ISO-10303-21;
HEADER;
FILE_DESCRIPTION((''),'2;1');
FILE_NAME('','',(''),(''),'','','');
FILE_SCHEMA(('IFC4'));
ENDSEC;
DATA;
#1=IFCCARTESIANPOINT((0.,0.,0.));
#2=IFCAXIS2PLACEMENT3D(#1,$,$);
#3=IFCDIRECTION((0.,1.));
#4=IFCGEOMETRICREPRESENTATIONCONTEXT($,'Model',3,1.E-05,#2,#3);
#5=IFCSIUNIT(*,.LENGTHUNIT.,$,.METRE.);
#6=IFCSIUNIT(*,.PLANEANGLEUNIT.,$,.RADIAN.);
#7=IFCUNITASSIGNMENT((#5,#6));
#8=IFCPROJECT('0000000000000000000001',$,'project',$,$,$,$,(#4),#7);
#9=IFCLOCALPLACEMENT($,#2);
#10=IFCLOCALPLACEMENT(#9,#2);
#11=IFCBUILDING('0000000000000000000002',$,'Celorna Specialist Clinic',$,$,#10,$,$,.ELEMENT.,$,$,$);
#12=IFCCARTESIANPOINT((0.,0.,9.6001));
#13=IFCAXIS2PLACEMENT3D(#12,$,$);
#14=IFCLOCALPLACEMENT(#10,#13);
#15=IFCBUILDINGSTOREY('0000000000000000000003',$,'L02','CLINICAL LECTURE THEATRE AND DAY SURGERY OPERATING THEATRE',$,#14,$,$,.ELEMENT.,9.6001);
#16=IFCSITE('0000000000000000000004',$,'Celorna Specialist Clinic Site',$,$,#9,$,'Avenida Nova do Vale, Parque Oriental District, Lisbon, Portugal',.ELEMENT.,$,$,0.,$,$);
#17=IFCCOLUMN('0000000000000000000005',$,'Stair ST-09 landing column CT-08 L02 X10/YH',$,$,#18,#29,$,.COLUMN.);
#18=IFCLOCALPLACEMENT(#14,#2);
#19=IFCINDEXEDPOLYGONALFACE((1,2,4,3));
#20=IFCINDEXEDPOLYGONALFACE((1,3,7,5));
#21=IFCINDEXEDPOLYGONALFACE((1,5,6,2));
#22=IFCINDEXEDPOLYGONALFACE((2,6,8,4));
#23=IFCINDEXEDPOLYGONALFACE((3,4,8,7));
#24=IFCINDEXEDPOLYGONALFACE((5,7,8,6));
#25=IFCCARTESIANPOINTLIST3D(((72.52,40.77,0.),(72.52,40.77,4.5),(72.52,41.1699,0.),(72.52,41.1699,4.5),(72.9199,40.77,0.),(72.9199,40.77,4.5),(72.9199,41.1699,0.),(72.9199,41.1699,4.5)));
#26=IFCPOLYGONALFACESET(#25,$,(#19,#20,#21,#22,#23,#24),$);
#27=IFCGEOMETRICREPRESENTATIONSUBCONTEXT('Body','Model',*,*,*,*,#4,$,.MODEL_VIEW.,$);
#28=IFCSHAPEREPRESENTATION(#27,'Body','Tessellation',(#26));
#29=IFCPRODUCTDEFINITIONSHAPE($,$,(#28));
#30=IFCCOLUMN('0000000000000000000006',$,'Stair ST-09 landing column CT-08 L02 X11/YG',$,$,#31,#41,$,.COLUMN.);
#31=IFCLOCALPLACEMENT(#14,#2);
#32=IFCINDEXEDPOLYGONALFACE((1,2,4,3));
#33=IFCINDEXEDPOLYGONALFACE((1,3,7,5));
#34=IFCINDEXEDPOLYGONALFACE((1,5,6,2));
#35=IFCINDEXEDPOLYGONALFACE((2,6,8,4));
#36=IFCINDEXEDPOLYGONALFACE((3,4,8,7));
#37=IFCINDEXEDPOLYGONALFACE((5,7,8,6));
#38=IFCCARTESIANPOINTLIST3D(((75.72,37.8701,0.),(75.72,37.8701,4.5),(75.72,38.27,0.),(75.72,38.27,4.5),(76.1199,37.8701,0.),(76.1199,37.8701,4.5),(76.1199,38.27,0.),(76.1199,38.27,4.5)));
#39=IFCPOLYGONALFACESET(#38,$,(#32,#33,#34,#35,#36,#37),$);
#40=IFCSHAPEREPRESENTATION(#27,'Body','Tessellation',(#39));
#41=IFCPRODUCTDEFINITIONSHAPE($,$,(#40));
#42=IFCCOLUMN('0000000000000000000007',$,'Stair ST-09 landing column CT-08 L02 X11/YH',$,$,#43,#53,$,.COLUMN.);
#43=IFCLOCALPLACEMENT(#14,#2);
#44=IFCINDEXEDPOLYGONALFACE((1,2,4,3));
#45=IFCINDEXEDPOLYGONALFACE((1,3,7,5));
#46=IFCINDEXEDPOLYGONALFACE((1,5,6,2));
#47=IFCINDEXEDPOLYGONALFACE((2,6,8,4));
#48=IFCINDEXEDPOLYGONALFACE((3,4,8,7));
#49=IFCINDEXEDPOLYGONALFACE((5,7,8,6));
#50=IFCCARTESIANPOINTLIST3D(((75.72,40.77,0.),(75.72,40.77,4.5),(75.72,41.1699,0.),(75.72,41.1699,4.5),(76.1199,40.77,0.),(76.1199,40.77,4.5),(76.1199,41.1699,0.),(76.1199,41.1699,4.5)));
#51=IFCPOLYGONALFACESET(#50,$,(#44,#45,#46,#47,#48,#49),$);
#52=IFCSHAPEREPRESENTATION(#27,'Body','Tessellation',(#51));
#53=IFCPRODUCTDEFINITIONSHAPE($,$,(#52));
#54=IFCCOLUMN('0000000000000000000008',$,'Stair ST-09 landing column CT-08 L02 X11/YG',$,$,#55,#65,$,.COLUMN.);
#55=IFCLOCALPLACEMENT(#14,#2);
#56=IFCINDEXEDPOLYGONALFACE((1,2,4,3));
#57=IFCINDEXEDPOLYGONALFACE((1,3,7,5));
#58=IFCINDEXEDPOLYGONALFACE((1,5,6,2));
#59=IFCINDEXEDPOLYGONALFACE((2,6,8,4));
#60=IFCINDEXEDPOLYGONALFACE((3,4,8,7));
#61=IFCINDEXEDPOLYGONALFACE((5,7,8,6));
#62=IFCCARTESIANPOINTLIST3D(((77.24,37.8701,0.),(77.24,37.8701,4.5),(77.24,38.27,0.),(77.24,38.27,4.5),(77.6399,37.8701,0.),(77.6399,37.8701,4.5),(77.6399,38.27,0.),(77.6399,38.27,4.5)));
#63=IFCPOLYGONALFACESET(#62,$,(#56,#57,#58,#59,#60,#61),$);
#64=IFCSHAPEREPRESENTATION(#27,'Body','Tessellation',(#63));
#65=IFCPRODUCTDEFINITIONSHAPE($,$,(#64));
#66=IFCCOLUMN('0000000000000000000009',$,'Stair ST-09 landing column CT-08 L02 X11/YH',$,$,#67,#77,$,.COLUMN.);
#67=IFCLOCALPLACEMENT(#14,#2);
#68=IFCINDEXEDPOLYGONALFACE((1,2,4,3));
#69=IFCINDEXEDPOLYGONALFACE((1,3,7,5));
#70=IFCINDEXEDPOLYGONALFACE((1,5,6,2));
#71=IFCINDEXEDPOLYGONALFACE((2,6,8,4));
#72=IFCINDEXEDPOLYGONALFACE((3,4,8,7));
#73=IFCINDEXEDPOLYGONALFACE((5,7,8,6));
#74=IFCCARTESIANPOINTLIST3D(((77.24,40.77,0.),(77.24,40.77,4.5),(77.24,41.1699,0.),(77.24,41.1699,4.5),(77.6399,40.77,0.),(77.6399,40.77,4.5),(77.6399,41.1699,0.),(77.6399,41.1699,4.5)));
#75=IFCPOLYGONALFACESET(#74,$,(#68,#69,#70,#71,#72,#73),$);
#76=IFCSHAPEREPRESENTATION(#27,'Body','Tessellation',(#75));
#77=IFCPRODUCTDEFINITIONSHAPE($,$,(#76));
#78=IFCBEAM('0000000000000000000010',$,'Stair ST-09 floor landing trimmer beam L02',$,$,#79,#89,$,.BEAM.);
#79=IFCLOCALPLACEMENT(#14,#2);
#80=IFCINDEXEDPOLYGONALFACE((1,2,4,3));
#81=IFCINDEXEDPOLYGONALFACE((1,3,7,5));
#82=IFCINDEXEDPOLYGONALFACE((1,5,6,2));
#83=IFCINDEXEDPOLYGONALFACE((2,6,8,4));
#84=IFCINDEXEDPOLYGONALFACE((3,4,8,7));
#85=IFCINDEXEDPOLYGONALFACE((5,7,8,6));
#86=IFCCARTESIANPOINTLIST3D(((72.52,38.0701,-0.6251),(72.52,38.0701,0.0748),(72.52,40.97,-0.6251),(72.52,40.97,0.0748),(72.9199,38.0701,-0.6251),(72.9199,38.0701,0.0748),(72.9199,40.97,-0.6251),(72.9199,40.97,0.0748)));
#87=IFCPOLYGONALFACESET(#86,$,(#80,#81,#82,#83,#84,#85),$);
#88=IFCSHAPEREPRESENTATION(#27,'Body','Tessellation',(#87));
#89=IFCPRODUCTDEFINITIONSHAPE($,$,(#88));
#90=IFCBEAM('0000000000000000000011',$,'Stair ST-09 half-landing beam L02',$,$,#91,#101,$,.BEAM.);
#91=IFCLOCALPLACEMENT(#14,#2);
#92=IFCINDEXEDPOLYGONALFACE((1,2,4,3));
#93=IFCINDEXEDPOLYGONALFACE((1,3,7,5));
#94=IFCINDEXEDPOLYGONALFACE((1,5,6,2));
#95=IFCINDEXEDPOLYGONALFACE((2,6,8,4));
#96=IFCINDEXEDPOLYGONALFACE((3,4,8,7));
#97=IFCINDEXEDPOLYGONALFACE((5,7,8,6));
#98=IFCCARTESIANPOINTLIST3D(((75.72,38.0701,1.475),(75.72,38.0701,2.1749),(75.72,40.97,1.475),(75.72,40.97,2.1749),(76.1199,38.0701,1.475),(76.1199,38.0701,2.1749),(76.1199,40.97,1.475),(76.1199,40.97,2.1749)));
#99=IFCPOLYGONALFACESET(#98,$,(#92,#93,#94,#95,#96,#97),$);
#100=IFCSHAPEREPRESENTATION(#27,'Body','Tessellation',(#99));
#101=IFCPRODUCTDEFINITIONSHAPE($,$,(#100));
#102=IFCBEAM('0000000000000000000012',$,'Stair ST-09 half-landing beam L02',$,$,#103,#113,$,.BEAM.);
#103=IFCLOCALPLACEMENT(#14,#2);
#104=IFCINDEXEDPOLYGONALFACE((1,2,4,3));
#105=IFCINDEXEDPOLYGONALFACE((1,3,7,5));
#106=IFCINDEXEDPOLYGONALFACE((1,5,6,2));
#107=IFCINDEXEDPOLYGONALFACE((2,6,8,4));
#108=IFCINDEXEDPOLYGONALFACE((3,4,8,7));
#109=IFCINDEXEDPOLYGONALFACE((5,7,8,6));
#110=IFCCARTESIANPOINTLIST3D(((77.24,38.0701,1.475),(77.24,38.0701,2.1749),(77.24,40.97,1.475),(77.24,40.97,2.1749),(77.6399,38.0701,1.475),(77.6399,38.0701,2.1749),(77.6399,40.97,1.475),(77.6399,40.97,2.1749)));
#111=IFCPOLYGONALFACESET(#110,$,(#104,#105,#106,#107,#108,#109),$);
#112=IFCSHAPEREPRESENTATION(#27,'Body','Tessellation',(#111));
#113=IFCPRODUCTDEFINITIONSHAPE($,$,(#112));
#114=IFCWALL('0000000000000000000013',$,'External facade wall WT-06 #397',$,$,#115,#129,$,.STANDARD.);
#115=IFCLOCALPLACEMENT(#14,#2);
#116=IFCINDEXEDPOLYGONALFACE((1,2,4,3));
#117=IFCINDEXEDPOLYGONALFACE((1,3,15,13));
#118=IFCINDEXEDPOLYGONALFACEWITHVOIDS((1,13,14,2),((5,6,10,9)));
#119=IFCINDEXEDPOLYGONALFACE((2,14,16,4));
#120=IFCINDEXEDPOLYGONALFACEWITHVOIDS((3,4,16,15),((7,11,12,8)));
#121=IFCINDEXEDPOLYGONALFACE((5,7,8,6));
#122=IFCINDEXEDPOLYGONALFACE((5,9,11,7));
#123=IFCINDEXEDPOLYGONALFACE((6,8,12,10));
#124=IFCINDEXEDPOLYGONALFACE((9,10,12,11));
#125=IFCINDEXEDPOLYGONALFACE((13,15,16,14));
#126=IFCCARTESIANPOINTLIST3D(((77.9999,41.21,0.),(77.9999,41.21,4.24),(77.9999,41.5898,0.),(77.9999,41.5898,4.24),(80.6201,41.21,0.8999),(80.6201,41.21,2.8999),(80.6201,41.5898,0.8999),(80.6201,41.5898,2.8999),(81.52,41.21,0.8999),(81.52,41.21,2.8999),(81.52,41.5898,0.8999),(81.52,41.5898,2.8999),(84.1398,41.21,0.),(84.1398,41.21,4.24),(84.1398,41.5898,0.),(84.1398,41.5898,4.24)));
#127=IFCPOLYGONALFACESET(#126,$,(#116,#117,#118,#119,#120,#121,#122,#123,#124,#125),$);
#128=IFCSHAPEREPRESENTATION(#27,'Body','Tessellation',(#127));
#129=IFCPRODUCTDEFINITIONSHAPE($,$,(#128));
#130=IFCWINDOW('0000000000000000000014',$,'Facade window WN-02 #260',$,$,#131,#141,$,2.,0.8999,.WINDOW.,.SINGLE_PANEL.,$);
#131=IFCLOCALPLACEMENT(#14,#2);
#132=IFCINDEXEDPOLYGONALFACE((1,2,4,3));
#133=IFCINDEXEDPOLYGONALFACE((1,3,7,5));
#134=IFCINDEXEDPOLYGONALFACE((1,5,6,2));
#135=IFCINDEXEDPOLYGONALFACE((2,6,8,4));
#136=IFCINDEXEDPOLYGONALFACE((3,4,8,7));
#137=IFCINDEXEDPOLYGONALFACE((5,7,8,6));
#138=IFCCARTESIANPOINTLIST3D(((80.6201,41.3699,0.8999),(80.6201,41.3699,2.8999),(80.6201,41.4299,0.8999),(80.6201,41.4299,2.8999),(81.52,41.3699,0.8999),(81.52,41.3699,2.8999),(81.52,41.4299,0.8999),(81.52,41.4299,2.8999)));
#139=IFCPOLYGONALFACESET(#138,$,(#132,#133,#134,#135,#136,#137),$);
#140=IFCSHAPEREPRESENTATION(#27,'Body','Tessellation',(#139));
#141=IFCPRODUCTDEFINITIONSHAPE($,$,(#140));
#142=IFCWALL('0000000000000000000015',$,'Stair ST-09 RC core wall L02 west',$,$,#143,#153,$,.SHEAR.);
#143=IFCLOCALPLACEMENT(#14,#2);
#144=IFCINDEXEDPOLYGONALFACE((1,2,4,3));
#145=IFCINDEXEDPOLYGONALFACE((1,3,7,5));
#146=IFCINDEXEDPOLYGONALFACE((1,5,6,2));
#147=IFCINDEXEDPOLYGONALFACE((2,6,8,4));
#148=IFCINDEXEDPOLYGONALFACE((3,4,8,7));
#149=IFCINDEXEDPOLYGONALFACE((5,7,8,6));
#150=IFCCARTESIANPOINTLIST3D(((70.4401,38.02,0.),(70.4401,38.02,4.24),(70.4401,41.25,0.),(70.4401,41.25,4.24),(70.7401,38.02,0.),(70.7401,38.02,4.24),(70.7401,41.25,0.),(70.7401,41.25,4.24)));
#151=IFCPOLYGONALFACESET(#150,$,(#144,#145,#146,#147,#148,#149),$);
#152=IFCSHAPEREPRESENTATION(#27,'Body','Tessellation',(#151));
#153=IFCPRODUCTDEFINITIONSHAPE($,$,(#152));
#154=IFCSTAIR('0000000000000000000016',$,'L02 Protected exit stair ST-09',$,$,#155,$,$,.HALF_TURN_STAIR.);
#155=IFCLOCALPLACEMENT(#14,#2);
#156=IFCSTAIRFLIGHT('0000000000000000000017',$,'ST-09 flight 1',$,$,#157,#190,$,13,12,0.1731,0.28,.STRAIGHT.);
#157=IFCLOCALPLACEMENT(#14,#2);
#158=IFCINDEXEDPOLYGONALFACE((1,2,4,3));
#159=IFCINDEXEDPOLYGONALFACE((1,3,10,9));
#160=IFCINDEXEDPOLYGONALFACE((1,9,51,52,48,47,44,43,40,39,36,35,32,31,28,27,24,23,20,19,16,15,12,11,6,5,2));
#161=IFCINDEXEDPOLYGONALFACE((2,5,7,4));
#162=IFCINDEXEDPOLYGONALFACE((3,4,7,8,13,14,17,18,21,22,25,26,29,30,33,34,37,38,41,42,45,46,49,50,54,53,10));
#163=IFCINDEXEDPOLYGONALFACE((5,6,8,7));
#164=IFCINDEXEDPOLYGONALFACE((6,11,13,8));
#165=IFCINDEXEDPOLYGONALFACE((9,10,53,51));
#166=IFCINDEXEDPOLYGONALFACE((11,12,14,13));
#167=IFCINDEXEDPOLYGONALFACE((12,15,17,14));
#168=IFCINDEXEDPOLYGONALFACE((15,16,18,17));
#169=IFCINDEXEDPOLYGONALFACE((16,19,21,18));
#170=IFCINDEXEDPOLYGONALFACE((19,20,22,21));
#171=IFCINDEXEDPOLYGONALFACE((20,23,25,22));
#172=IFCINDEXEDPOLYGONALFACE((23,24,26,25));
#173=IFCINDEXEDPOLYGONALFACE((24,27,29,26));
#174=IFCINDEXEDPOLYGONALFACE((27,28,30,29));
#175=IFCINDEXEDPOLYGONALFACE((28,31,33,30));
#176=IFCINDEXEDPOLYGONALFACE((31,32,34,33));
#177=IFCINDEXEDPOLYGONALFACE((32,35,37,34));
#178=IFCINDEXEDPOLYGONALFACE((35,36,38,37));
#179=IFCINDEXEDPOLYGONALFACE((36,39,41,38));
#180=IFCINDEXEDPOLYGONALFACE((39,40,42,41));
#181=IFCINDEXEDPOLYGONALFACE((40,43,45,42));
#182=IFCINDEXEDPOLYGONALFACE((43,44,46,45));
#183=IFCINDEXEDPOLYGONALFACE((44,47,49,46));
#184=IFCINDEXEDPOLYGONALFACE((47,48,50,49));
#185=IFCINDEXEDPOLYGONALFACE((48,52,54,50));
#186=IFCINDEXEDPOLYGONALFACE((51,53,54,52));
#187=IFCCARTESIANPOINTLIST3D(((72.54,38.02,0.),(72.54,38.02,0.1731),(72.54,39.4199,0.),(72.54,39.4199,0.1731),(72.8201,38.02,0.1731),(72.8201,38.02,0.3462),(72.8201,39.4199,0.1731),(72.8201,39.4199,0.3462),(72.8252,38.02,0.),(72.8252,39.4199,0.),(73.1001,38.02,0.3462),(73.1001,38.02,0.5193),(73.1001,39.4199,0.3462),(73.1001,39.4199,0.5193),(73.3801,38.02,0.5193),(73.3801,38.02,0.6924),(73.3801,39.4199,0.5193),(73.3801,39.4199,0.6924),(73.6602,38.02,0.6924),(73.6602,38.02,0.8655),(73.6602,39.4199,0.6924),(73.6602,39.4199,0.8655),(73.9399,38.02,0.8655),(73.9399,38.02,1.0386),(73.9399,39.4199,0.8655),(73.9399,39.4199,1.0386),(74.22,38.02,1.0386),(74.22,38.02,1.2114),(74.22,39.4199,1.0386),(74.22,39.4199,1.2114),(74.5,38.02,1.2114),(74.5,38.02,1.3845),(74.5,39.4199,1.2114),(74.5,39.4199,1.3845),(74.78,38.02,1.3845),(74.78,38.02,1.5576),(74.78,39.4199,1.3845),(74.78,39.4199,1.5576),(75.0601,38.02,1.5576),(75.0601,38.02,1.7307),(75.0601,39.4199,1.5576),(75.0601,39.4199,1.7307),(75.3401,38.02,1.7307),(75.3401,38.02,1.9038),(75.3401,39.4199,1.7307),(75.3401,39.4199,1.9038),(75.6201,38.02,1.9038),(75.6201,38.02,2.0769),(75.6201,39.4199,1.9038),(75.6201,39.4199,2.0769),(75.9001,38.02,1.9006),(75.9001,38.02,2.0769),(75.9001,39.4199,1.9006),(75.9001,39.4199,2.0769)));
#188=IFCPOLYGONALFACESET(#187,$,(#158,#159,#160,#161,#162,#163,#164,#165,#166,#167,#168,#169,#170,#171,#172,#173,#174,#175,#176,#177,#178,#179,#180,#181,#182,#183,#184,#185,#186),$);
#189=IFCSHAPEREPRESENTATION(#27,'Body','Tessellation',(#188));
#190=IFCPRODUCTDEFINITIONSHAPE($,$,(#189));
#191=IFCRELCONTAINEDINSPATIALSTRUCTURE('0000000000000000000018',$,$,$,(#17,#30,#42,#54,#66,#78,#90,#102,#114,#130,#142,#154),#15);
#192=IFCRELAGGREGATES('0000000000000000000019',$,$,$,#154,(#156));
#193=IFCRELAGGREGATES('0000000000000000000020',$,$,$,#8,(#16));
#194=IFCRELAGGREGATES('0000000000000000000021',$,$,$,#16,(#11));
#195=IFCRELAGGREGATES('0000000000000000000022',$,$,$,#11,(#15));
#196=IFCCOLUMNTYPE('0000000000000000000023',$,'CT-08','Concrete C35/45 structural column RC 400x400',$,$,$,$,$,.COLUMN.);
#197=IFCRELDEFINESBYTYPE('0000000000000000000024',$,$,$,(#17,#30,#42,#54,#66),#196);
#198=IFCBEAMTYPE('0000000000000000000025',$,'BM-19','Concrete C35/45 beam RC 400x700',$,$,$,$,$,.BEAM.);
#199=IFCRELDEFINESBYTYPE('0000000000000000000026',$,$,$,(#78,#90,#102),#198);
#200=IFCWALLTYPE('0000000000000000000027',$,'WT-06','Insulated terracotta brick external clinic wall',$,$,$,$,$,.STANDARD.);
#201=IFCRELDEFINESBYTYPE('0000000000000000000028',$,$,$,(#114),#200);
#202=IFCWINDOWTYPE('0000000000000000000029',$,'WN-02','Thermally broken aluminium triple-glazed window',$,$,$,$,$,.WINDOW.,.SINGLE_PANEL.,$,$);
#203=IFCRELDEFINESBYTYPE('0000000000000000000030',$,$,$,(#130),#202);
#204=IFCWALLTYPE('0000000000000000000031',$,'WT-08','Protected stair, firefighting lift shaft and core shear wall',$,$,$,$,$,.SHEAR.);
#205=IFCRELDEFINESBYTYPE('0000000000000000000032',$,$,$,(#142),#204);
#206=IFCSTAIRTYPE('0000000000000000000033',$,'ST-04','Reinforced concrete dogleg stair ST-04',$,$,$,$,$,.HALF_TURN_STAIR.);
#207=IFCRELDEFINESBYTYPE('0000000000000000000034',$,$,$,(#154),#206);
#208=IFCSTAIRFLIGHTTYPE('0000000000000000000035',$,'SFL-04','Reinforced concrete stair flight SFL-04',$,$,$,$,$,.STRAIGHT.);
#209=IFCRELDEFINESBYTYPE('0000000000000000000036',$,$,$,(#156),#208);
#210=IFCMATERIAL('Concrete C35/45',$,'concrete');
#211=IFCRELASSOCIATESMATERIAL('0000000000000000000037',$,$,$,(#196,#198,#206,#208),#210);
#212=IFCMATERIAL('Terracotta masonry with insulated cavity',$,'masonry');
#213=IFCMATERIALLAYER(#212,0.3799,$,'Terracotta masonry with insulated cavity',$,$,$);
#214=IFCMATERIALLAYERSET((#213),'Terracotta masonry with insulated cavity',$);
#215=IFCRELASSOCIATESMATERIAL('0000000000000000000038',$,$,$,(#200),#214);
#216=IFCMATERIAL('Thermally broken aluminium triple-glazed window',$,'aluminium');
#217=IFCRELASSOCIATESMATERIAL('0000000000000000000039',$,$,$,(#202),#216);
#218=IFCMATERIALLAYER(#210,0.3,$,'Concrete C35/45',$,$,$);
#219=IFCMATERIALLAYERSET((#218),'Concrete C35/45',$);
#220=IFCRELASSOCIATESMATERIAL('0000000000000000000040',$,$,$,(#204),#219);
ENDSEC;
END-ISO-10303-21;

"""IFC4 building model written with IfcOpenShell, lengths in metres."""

from ifc_helpers import new_model, si_unit, direction, frame, frame_2d, origin, origin_2d, place, context, subcontext, project, spatial, polyline, rectangle, outline, extrude, material, layer, layer_set, material_profile, profile_set, type_object, element, fill, aggregate, save


model = new_model("IFC4")

# Units and contexts
model_context = context("Model", 3, precision=1e-05, world=origin(), true_north=direction((0.0, 1.0)))
body_context = subcontext(model_context, "Body", "Model", "MODEL_VIEW")
ifc_project = project(units=[si_unit("LENGTHUNIT", "METRE"), si_unit("PLANEANGLEUNIT", "RADIAN")], contexts=[model_context])

# Site, building, storey
site_placement = place(None, origin())
site = spatial("IfcSite", under=ifc_project, at=site_placement, Name="Celorna Specialist Clinic Site", LongName="Avenida Nova do Vale, Parque Oriental District, Lisbon, Portugal", CompositionType="ELEMENT", RefElevation=0.0)
building_placement = place(site_placement, origin())
building = spatial("IfcBuilding", under=site, at=building_placement, Name="Celorna Specialist Clinic", CompositionType="ELEMENT")
storey_placement = place(building_placement, frame((0.0, 0.0, 9.6001)))
storey = spatial("IfcBuildingStorey", under=building, at=storey_placement, Name="L02", Description="CLINICAL LECTURE THEATRE AND DAY SURGERY OPERATING THEATRE", CompositionType="ELEMENT", Elevation=9.6001)

# Columns
ifc_material_1 = material(Name="Concrete C35/45", Category="concrete")
ifc_material_profile_1 = material_profile(ifc_material_1, rectangle(XDim=0.3999, YDim=0.3999, at=origin_2d()), Name="RC 400x400")
ifc_profile_set_1 = profile_set([ifc_material_profile_1], Name="Concrete C35/45")
column_type = type_object("IfcColumnType", Name="CT-08", Description="Concrete C35/45 structural column RC 400x400", PredefinedType="COLUMN", material=ifc_profile_set_1)
for number, where, z_axis, x_axis, name in (
    (1, (72.72, 40.97, 0.0), (0.0, 0.0, 1.0), (1.0, 0.0, 0.0), "Stair ST-09 landing column CT-08 L02 X10/YH"),
    (2, (75.9199, 38.0701, 0.0), (0.0, 0.0, 1.0), (1.0, 0.0, 0.0), "Stair ST-09 landing column CT-08 L02 X11/YG"),
    (3, (75.9199, 40.97, 0.0), (0.0, 0.0, 1.0), (1.0, 0.0, 0.0), "Stair ST-09 landing column CT-08 L02 X11/YH"),
    (4, (77.4399, 38.0701, 0.0), (0.0, 0.0, 1.0), (1.0, 0.0, 0.0), "Stair ST-09 landing column CT-08 L02 X11/YG"),
    (5, (77.4399, 40.97, 0.0), (0.0, 0.0, 1.0), (1.0, 0.0, 0.0), "Stair ST-09 landing column CT-08 L02 X11/YH"),
):
    element("IfcColumn", number, at=place(storey_placement, frame(where, z_axis=z_axis, x_axis=x_axis)), inside=storey, type_object=column_type, Name=name, PredefinedType="COLUMN", context=body_context, shape_type="SweptSolid", body=[
        extrude(rectangle(XDim=0.3999, YDim=0.3999, at=origin_2d()), origin(), (0.0, 0.0, 1.0), 4.5),
    ])

# Beams
ifc_material_profile_2 = material_profile(ifc_material_1, rectangle(XDim=0.3999, YDim=0.7, at=origin_2d()), Name="RC 400x700")
ifc_profile_set_2 = profile_set([ifc_material_profile_2], Name="Concrete C35/45")
beam_type = type_object("IfcBeamType", Name="BM-19", Description="Concrete C35/45 beam RC 400x700", PredefinedType="BEAM", material=ifc_profile_set_2)
for number, where, z_axis, x_axis, name in (
    (6, (72.72, 38.0701, -0.2751), (0.0, 1.0, 0.0), (-1.0, 0.0, 0.0), "Stair ST-09 floor landing trimmer beam L02"),
    (7, (75.9199, 38.0701, 1.825), (0.0, 1.0, 0.0), (-1.0, 0.0, 0.0), "Stair ST-09 half-landing beam L02"),
    (8, (77.4399, 38.0701, 1.825), (0.0, 1.0, 0.0), (-1.0, 0.0, 0.0), "Stair ST-09 half-landing beam L02"),
):
    element("IfcBeam", number, at=place(storey_placement, frame(where, z_axis=z_axis, x_axis=x_axis)), inside=storey, type_object=beam_type, Name=name, PredefinedType="BEAM", context=body_context, shape_type="SweptSolid", body=[
        extrude(rectangle(XDim=0.3999, YDim=0.7, at=origin_2d()), origin(), (0.0, 0.0, 1.0), 2.8999),
    ])

# Wall, opening, window
ifc_material_2 = material(Name="Terracotta masonry with insulated cavity", Category="masonry")
ifc_layer_1 = layer(ifc_material_2, 0.3799, Name="Terracotta masonry with insulated cavity")
ifc_layer_set_1 = layer_set([ifc_layer_1], Name="Terracotta masonry with insulated cavity")
wall_type_1 = type_object("IfcWallType", Name="WT-06", Description="Insulated terracotta brick external clinic wall", PredefinedType="STANDARD", material=ifc_layer_set_1)
wall_1_placement = place(storey_placement, frame((78.0, 41.3999, 0.0), z_axis=(0.0, 0.0, 1.0), x_axis=(1.0, 0.0, 0.0)))
wall_1 = element("IfcWall", 9, at=wall_1_placement, inside=storey, type_object=wall_type_1, Name="External facade wall WT-06 #397", PredefinedType="STANDARD", context=body_context, shape_type="SweptSolid", body=[
    extrude(rectangle(XDim=6.1399, YDim=0.3799, at=frame_2d((3.0698, 0.0))), origin(), (0.0, 0.0, 1.0), 4.24),
])
opening_placement = place(wall_1_placement, frame((2.6201, 0.0, 0.8999)))
opening = element("IfcOpeningElement", 10, at=opening_placement, cuts=wall_1, PredefinedType="OPENING", context=body_context, shape_type="SweptSolid", body=[
    extrude(rectangle(XDim=0.8999, YDim=2.0, at=frame_2d((0.45, 1.0))), frame((0.0, 0.2, 0.0), z_axis=(0.0, -1.0, 0.0), x_axis=(1.0, 0.0, 0.0)), (0.0, 0.0, 1.0), 0.3999),
])
ifc_material_3 = material(Name="Thermally broken aluminium triple-glazed window", Category="aluminium")
window_type = type_object("IfcWindowType", Name="WN-02", Description="Thermally broken aluminium triple-glazed window", PartitioningType="SINGLE_PANEL", PredefinedType="WINDOW", material=ifc_material_3)
window_placement = place(opening_placement, origin())
window = element("IfcWindow", 11, at=window_placement, inside=storey, type_object=window_type, Name="Facade window WN-02 #260", OverallHeight=2.0, OverallWidth=0.8999, PartitioningType="SINGLE_PANEL", PredefinedType="WINDOW", context=body_context, shape_type="SweptSolid", body=[
    extrude(rectangle(XDim=0.8999, YDim=2.0, at=frame_2d((0.45, 1.0))), frame((0.0, 0.03, 0.0), z_axis=(0.0, -1.0, 0.0), x_axis=(1.0, 0.0, 0.0)), (0.0, 0.0, 1.0), 0.0601),
])
fill(opening, window)

# Wall
ifc_layer_2 = layer(ifc_material_1, 0.3, Name="Concrete C35/45")
ifc_layer_set_2 = layer_set([ifc_layer_2], Name="Concrete C35/45")
wall_type_2 = type_object("IfcWallType", Name="WT-08", Description="Protected stair, firefighting lift shaft and core shear wall", PredefinedType="SHEAR", material=ifc_layer_set_2)
wall_2_placement = place(storey_placement, frame((70.5901, 41.25, 0.0), z_axis=(0.0, 0.0, 1.0), x_axis=(0.0, -1.0, 0.0)))
element("IfcWall", 12, at=wall_2_placement, inside=storey, type_object=wall_type_2, Name="Stair ST-09 RC core wall L02 west", PredefinedType="SHEAR", context=body_context, shape_type="SweptSolid", body=[
    extrude(rectangle(XDim=3.23, YDim=0.3, at=frame_2d((1.615, 0.0))), origin(), (0.0, 0.0, 1.0), 4.24),
])

# Stair, stair flight
stair_type = type_object("IfcStairType", Name="ST-04", Description="Reinforced concrete dogleg stair ST-04", PredefinedType="HALF_TURN_STAIR", material=ifc_material_1)
stair_placement = place(storey_placement, origin())
stair = element("IfcStair", 13, at=stair_placement, inside=storey, type_object=stair_type, Name="L02 Protected exit stair ST-09", PredefinedType="HALF_TURN_STAIR")
stair_flight_type = type_object("IfcStairFlightType", Name="SFL-04", Description="Reinforced concrete stair flight SFL-04", PredefinedType="STRAIGHT", material=ifc_material_1)
stair_flight_1_placement = place(storey_placement, frame((72.54, 38.72, 0.0), z_axis=(0.0, 0.0, 1.0), x_axis=(1.0, 0.0, 0.0)))
stair_flight_1 = element("IfcStairFlight", 14, at=stair_flight_1_placement, type_object=stair_flight_type, Name="ST-09 flight 1", NumberOfRisers=13, NumberOfTreads=12, PredefinedType="STRAIGHT", RiserHeight=0.1731, TreadLength=0.28, context=body_context, shape_type="SweptSolid", body=[
    extrude(outline(polyline([(0.0, 0.0), (0.0, 0.1731), (0.28, 0.1731), (0.28, 0.3462), (0.5601, 0.3462), (0.5601, 0.5193), (0.8401, 0.5193), (0.8401, 0.6924), (1.1201, 0.6924), (1.1201, 0.8655), (1.3999, 0.8655), (1.3999, 1.0386), (1.6799, 1.0386), (1.6799, 1.2114), (1.96, 1.2114), (1.96, 1.3845), (2.24, 1.3845), (2.24, 1.5576), (2.52, 1.5576), (2.52, 1.7307), (2.8, 1.7307), (2.8, 1.9038), (3.0801, 1.9038), (3.0801, 2.0769), (3.3601, 2.0769), (3.3601, 2.25), (3.3601, 1.9006), (0.2852, 0.0), (0.0, 0.0)])), frame((0.0, 0.7, 0.0), z_axis=(0.0, -1.0, 0.0), x_axis=(1.0, 0.0, 0.0)), (0.0, 0.0, 1.0), 1.3999),
])
aggregate(stair, [stair_flight_1])

save(model, "model.ifc")
